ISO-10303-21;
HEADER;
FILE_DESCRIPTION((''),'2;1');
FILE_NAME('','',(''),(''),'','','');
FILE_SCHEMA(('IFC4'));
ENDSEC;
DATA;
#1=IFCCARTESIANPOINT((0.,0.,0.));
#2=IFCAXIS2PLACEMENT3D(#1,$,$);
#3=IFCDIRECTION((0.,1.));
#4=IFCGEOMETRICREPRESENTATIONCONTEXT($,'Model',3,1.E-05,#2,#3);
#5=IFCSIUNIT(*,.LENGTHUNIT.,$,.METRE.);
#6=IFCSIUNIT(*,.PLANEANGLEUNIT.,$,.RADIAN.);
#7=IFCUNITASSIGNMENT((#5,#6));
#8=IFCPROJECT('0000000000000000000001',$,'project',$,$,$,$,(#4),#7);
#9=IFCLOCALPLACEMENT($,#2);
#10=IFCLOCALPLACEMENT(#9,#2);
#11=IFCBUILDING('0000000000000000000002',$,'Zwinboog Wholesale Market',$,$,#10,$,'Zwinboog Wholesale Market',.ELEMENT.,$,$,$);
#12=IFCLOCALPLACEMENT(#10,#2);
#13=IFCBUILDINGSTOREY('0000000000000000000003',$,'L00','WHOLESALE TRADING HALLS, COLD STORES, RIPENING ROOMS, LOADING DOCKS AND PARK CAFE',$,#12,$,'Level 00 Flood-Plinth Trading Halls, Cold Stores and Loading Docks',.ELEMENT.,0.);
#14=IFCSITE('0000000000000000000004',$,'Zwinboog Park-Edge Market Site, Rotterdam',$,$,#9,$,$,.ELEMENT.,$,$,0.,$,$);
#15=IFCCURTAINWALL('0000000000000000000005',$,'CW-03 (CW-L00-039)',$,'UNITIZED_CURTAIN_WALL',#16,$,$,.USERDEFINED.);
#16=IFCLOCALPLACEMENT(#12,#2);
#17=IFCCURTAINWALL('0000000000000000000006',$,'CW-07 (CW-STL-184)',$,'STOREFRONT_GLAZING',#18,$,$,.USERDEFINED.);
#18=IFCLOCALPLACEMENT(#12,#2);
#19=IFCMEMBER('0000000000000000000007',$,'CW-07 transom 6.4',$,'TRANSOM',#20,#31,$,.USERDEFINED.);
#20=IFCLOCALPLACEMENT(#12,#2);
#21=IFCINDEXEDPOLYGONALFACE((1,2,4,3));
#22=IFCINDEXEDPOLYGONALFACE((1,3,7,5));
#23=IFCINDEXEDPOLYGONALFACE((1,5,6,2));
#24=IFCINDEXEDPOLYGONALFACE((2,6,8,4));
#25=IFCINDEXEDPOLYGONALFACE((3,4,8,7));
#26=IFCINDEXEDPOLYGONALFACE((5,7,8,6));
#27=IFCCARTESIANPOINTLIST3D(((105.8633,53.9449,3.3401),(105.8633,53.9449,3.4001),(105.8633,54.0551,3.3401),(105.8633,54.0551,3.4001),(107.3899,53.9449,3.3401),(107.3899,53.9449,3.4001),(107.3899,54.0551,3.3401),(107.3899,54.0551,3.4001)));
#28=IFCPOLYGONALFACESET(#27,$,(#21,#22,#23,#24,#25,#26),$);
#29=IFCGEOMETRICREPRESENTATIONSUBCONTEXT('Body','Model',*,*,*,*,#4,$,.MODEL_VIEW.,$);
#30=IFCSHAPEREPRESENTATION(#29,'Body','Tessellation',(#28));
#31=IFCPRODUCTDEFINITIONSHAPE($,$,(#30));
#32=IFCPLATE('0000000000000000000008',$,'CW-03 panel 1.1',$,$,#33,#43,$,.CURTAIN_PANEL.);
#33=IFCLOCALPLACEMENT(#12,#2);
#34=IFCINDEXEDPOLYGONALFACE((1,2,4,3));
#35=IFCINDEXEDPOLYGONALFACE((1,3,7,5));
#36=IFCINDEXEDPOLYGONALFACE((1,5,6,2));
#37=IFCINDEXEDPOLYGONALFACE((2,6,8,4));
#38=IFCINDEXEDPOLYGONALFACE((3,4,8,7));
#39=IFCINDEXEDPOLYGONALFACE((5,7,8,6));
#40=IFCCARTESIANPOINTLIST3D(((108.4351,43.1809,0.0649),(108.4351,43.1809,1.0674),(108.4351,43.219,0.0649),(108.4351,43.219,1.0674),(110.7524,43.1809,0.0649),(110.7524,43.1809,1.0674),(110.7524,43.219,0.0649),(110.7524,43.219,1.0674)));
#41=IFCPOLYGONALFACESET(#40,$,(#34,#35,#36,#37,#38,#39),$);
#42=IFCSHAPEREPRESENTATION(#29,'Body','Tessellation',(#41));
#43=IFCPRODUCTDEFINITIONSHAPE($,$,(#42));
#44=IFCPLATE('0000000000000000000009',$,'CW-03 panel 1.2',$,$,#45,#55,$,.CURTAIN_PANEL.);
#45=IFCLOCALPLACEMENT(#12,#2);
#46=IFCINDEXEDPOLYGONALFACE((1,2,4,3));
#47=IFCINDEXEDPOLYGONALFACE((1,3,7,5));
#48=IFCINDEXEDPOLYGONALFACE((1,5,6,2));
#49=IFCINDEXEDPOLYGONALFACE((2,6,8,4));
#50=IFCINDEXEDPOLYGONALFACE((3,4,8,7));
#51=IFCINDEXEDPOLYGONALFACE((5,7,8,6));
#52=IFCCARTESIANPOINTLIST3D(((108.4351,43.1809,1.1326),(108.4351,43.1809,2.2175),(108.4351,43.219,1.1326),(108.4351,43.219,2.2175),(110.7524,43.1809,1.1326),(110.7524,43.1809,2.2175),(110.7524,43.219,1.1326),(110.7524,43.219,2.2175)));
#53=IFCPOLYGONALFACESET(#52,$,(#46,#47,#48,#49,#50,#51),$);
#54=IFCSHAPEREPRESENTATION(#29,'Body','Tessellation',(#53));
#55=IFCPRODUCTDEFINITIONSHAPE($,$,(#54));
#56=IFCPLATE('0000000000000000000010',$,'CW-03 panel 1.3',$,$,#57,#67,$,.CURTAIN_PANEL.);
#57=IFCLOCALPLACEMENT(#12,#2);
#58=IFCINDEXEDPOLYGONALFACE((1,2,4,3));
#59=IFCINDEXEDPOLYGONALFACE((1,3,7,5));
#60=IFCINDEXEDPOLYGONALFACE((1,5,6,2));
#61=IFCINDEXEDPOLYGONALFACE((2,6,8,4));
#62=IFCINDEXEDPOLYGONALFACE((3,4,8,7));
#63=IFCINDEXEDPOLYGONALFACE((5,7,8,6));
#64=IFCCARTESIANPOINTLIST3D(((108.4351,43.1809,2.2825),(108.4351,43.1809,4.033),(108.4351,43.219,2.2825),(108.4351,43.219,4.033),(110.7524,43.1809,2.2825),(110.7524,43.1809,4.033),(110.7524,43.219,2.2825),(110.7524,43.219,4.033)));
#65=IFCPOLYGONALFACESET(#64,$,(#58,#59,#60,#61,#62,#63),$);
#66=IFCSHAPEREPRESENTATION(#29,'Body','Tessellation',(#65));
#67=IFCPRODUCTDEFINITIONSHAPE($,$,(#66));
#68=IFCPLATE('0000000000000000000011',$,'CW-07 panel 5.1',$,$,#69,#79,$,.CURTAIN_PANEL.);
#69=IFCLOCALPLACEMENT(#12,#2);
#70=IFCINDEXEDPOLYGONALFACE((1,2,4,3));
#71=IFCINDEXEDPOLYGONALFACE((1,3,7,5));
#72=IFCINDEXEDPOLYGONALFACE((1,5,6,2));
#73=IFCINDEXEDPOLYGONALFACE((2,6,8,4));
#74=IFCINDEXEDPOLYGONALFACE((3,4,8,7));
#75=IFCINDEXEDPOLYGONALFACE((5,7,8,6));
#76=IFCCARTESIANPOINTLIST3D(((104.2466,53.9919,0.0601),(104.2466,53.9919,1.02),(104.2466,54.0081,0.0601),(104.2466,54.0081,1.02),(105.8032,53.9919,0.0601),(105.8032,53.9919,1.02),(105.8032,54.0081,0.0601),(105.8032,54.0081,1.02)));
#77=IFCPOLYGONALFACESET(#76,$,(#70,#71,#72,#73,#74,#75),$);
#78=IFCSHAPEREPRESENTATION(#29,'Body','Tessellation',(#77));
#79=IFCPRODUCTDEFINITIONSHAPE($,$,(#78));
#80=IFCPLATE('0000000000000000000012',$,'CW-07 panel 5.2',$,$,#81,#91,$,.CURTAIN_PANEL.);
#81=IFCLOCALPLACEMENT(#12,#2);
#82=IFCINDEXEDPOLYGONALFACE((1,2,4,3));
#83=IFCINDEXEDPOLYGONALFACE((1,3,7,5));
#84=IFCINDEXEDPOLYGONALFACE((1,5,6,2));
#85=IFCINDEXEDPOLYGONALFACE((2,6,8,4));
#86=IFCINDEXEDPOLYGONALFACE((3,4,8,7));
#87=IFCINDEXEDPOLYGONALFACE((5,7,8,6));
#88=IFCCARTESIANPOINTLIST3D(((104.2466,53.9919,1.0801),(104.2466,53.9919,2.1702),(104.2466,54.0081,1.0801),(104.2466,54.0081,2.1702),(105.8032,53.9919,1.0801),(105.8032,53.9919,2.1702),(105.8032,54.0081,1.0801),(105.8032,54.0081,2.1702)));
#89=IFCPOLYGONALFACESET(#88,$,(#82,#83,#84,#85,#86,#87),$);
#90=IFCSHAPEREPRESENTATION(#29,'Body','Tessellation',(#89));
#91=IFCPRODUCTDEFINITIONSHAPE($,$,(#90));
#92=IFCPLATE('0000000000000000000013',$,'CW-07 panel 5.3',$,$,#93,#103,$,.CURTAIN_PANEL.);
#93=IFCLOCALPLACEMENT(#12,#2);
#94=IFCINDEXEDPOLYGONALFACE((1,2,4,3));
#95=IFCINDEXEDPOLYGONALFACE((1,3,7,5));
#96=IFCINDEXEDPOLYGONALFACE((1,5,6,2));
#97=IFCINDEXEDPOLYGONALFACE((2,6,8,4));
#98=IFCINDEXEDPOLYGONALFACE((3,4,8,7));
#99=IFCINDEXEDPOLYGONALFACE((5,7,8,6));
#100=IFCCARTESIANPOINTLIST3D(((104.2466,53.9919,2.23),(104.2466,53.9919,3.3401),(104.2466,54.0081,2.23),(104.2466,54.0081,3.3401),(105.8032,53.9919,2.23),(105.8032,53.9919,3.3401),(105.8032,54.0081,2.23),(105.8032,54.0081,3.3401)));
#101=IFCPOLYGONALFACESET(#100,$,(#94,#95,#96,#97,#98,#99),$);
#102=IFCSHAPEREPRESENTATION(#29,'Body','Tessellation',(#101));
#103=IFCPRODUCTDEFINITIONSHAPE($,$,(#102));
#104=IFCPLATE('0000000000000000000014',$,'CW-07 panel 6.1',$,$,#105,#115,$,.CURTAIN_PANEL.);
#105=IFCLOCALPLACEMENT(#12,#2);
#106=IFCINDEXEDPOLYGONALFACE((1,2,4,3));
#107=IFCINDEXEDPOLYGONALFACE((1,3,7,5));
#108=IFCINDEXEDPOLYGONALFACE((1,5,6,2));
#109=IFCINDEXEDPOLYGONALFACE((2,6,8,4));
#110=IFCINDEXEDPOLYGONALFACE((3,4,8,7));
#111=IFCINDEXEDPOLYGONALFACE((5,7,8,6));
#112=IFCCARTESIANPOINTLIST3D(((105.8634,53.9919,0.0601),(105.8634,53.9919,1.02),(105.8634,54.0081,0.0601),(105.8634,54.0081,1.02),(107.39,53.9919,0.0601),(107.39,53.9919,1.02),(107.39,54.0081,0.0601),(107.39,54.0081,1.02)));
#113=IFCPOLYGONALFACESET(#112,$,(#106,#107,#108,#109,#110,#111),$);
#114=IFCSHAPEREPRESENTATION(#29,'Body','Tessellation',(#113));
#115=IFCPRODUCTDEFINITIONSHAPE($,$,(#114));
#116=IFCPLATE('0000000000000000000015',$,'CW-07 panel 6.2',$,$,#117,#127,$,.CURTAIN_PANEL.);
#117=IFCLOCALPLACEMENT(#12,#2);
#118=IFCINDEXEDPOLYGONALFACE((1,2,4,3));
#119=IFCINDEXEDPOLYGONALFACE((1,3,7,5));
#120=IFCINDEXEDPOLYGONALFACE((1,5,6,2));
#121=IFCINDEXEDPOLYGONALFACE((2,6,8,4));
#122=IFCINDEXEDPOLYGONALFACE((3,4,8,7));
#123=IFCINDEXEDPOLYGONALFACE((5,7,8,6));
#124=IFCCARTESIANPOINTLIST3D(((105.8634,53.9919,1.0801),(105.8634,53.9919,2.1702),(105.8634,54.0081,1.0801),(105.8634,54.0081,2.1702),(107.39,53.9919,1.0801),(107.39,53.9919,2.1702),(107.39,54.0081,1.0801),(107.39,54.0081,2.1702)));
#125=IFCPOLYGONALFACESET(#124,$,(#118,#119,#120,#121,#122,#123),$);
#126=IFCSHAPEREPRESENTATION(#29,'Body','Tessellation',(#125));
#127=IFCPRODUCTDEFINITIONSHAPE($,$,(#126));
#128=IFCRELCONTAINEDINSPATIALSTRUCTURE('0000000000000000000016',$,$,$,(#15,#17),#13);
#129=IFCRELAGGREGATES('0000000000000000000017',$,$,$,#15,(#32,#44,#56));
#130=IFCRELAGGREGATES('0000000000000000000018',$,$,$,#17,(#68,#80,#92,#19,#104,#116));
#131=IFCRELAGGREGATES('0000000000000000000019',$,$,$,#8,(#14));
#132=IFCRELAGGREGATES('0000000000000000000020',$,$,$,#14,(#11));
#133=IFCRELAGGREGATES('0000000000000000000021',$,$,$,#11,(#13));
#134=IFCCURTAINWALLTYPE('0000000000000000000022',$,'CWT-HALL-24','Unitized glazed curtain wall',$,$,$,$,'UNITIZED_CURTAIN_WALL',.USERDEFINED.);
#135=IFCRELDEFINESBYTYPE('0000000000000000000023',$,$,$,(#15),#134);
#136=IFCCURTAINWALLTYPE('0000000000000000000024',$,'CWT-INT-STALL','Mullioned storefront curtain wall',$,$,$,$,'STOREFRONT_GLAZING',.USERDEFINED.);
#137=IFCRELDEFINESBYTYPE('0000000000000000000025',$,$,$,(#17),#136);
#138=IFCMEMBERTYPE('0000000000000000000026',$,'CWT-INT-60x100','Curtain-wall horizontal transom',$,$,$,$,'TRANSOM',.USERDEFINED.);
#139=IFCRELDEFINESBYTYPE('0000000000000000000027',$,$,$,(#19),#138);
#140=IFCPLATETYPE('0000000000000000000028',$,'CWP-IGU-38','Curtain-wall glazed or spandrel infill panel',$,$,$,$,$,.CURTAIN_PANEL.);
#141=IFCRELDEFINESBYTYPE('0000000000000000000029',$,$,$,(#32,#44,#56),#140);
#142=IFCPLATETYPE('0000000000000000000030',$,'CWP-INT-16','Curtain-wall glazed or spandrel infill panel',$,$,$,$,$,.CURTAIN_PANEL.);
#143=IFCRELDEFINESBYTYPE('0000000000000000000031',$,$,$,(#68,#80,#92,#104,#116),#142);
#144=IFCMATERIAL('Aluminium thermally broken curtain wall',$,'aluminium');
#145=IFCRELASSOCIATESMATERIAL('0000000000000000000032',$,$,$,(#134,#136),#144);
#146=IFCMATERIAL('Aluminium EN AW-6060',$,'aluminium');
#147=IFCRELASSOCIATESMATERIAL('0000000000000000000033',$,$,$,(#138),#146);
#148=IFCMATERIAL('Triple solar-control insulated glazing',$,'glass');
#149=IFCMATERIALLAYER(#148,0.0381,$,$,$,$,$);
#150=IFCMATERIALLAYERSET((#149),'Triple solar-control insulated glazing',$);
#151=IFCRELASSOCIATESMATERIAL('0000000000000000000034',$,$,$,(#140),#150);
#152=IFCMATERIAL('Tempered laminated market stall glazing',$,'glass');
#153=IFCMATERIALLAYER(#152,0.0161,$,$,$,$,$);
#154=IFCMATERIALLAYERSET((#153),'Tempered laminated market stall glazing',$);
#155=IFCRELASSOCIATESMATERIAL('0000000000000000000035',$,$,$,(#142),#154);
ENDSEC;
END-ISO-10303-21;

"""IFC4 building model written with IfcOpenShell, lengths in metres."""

from ifc_helpers import new_model, si_unit, direction, frame, origin, origin_2d, place, context, subcontext, project, spatial, rectangle, extrude, material, layer, layer_set, material_profile, profile_set, type_object, element, aggregate, save


model = new_model("IFC4")

# Units and contexts
model_context = context("Model", 3, precision=1e-05, world=origin(), true_north=direction((0.0, 1.0)))
body_context = subcontext(model_context, "Body", "Model", "MODEL_VIEW")
ifc_project = project(units=[si_unit("LENGTHUNIT", "METRE"), si_unit("PLANEANGLEUNIT", "RADIAN")], contexts=[model_context])

# Site, building, storey
site_placement = place(None, origin())
site = spatial("IfcSite", under=ifc_project, at=site_placement, Name="Zwinboog Park-Edge Market Site, Rotterdam", CompositionType="ELEMENT", RefElevation=0.0)
building_placement = place(site_placement, origin())
building = spatial("IfcBuilding", under=site, at=building_placement, Name="Zwinboog Wholesale Market", LongName="Zwinboog Wholesale Market", CompositionType="ELEMENT")
storey_placement = place(building_placement, origin())
storey = spatial("IfcBuildingStorey", under=building, at=storey_placement, Name="L00", Description="WHOLESALE TRADING HALLS, COLD STORES, RIPENING ROOMS, LOADING DOCKS AND PARK CAFE", LongName="Level 00 Flood-Plinth Trading Halls, Cold Stores and Loading Docks", CompositionType="ELEMENT", Elevation=0.0)

# Curtain wall
ifc_material_1 = material(Name="Aluminium thermally broken curtain wall", Category="aluminium")
curtain_wall_type_1 = type_object("IfcCurtainWallType", Name="CWT-HALL-24", Description="Unitized glazed curtain wall", ElementType="UNITIZED_CURTAIN_WALL", PredefinedType="USERDEFINED", material=ifc_material_1)
curtain_wall_1_placement = place(storey_placement, origin())
curtain_wall_1 = element("IfcCurtainWall", 1, at=curtain_wall_1_placement, inside=storey, type_object=curtain_wall_type_1, Name="CW-03 (CW-L00-039)", ObjectType="UNITIZED_CURTAIN_WALL", PredefinedType="USERDEFINED")
ifc_material_2 = material(Name="Aluminium EN AW-6060", Category="aluminium")

# Curtain wall, member
curtain_wall_type_2 = type_object("IfcCurtainWallType", Name="CWT-INT-STALL", Description="Mullioned storefront curtain wall", ElementType="STOREFRONT_GLAZING", PredefinedType="USERDEFINED", material=ifc_material_1)
curtain_wall_2_placement = place(storey_placement, origin())
curtain_wall_2 = element("IfcCurtainWall", 2, at=curtain_wall_2_placement, inside=storey, type_object=curtain_wall_type_2, Name="CW-07 (CW-STL-184)", ObjectType="STOREFRONT_GLAZING", PredefinedType="USERDEFINED")
ifc_material_profile_1 = material_profile(ifc_material_2, rectangle(XDim=0.1101, YDim=0.0601, at=origin_2d()), Name="AL 60x110")
ifc_profile_set_1 = profile_set([ifc_material_profile_1], Name="Aluminium EN AW-6060")
member_type_1 = type_object("IfcMemberType", Name="CWT-INT-60x100", Description="Curtain-wall horizontal transom", ElementType="TRANSOM", PredefinedType="USERDEFINED", material=ifc_profile_set_1)
member_1_placement = place(storey_placement, frame((105.8633, 54.0, 3.3701), z_axis=(1.0, 0.0, 0.0), x_axis=(0.0, 1.0, 0.0)))
member_1 = element("IfcMember", 3, at=member_1_placement, type_object=member_type_1, Name="CW-07 transom 6.4", ObjectType="TRANSOM", PredefinedType="USERDEFINED", context=body_context, shape_type="SweptSolid", body=[
    extrude(rectangle(XDim=0.1101, YDim=0.0601, at=origin_2d()), origin(), (0.0, 0.0, 1.0), 1.5266),
])

# Plates
ifc_material_3 = material(Name="Triple solar-control insulated glazing", Category="glass")
ifc_layer_1 = layer(ifc_material_3, 0.0381)
ifc_layer_set_1 = layer_set([ifc_layer_1], Name="Triple solar-control insulated glazing")
plate_type_1 = type_object("IfcPlateType", Name="CWP-IGU-38", Description="Curtain-wall glazed or spandrel infill panel", PredefinedType="CURTAIN_PANEL", material=ifc_layer_set_1)
plate_1_placement = place(storey_placement, frame((109.5938, 43.2, 0.0649), z_axis=(0.0, 0.0, 1.0), x_axis=(1.0, 0.0, 0.0)))
plate_1 = element("IfcPlate", 4, at=plate_1_placement, type_object=plate_type_1, Name="CW-03 panel 1.1", PredefinedType="CURTAIN_PANEL", context=body_context, shape_type="SweptSolid", body=[
    extrude(rectangle(XDim=2.3174, YDim=0.0381, at=origin_2d()), origin(), (0.0, 0.0, 1.0), 1.0024),
])
plate_2_placement = place(storey_placement, frame((109.5938, 43.2, 1.1326), z_axis=(0.0, 0.0, 1.0), x_axis=(1.0, 0.0, 0.0)))
plate_2 = element("IfcPlate", 5, at=plate_2_placement, type_object=plate_type_1, Name="CW-03 panel 1.2", PredefinedType="CURTAIN_PANEL", context=body_context, shape_type="SweptSolid", body=[
    extrude(rectangle(XDim=2.3174, YDim=0.0381, at=origin_2d()), origin(), (0.0, 0.0, 1.0), 1.085),
])
plate_3_placement = place(storey_placement, frame((109.5938, 43.2, 2.2825), z_axis=(0.0, 0.0, 1.0), x_axis=(1.0, 0.0, 0.0)))
plate_3 = element("IfcPlate", 6, at=plate_3_placement, type_object=plate_type_1, Name="CW-03 panel 1.3", PredefinedType="CURTAIN_PANEL", context=body_context, shape_type="SweptSolid", body=[
    extrude(rectangle(XDim=2.3174, YDim=0.0381, at=origin_2d()), origin(), (0.0, 0.0, 1.0), 1.7505),
])
aggregate(curtain_wall_1, [plate_1, plate_2, plate_3])
ifc_material_4 = material(Name="Tempered laminated market stall glazing", Category="glass")
ifc_layer_2 = layer(ifc_material_4, 0.0161)
ifc_layer_set_2 = layer_set([ifc_layer_2], Name="Tempered laminated market stall glazing")
plate_type_2 = type_object("IfcPlateType", Name="CWP-INT-16", Description="Curtain-wall glazed or spandrel infill panel", PredefinedType="CURTAIN_PANEL", material=ifc_layer_set_2)
plate_4_placement = place(storey_placement, frame((105.0249, 54.0, 0.0601), z_axis=(0.0, 0.0, 1.0), x_axis=(1.0, 0.0, 0.0)))
plate_4 = element("IfcPlate", 7, at=plate_4_placement, type_object=plate_type_2, Name="CW-07 panel 5.1", PredefinedType="CURTAIN_PANEL", context=body_context, shape_type="SweptSolid", body=[
    extrude(rectangle(XDim=1.5566, YDim=0.0161, at=origin_2d()), origin(), (0.0, 0.0, 1.0), 0.96),
])
plate_5_placement = place(storey_placement, frame((105.0249, 54.0, 1.0801), z_axis=(0.0, 0.0, 1.0), x_axis=(1.0, 0.0, 0.0)))
plate_5 = element("IfcPlate", 8, at=plate_5_placement, type_object=plate_type_2, Name="CW-07 panel 5.2", PredefinedType="CURTAIN_PANEL", context=body_context, shape_type="SweptSolid", body=[
    extrude(rectangle(XDim=1.5566, YDim=0.0161, at=origin_2d()), origin(), (0.0, 0.0, 1.0), 1.0901),
])
plate_6_placement = place(storey_placement, frame((105.0249, 54.0, 2.23), z_axis=(0.0, 0.0, 1.0), x_axis=(1.0, 0.0, 0.0)))
plate_6 = element("IfcPlate", 9, at=plate_6_placement, type_object=plate_type_2, Name="CW-07 panel 5.3", PredefinedType="CURTAIN_PANEL", context=body_context, shape_type="SweptSolid", body=[
    extrude(rectangle(XDim=1.5566, YDim=0.0161, at=origin_2d()), origin(), (0.0, 0.0, 1.0), 1.1101),
])
plate_7_placement = place(storey_placement, frame((106.6267, 54.0, 0.0601), z_axis=(0.0, 0.0, 1.0), x_axis=(1.0, 0.0, 0.0)))
plate_7 = element("IfcPlate", 10, at=plate_7_placement, type_object=plate_type_2, Name="CW-07 panel 6.1", PredefinedType="CURTAIN_PANEL", context=body_context, shape_type="SweptSolid", body=[
    extrude(rectangle(XDim=1.5266, YDim=0.0161, at=origin_2d()), origin(), (0.0, 0.0, 1.0), 0.96),
])
plate_8_placement = place(storey_placement, frame((106.6267, 54.0, 1.0801), z_axis=(0.0, 0.0, 1.0), x_axis=(1.0, 0.0, 0.0)))
plate_8 = element("IfcPlate", 11, at=plate_8_placement, type_object=plate_type_2, Name="CW-07 panel 6.2", PredefinedType="CURTAIN_PANEL", context=body_context, shape_type="SweptSolid", body=[
    extrude(rectangle(XDim=1.5266, YDim=0.0161, at=origin_2d()), origin(), (0.0, 0.0, 1.0), 1.0901),
])
aggregate(curtain_wall_2, [plate_4, plate_5, plate_6, member_1, plate_7, plate_8])

save(model, "model.ifc")
